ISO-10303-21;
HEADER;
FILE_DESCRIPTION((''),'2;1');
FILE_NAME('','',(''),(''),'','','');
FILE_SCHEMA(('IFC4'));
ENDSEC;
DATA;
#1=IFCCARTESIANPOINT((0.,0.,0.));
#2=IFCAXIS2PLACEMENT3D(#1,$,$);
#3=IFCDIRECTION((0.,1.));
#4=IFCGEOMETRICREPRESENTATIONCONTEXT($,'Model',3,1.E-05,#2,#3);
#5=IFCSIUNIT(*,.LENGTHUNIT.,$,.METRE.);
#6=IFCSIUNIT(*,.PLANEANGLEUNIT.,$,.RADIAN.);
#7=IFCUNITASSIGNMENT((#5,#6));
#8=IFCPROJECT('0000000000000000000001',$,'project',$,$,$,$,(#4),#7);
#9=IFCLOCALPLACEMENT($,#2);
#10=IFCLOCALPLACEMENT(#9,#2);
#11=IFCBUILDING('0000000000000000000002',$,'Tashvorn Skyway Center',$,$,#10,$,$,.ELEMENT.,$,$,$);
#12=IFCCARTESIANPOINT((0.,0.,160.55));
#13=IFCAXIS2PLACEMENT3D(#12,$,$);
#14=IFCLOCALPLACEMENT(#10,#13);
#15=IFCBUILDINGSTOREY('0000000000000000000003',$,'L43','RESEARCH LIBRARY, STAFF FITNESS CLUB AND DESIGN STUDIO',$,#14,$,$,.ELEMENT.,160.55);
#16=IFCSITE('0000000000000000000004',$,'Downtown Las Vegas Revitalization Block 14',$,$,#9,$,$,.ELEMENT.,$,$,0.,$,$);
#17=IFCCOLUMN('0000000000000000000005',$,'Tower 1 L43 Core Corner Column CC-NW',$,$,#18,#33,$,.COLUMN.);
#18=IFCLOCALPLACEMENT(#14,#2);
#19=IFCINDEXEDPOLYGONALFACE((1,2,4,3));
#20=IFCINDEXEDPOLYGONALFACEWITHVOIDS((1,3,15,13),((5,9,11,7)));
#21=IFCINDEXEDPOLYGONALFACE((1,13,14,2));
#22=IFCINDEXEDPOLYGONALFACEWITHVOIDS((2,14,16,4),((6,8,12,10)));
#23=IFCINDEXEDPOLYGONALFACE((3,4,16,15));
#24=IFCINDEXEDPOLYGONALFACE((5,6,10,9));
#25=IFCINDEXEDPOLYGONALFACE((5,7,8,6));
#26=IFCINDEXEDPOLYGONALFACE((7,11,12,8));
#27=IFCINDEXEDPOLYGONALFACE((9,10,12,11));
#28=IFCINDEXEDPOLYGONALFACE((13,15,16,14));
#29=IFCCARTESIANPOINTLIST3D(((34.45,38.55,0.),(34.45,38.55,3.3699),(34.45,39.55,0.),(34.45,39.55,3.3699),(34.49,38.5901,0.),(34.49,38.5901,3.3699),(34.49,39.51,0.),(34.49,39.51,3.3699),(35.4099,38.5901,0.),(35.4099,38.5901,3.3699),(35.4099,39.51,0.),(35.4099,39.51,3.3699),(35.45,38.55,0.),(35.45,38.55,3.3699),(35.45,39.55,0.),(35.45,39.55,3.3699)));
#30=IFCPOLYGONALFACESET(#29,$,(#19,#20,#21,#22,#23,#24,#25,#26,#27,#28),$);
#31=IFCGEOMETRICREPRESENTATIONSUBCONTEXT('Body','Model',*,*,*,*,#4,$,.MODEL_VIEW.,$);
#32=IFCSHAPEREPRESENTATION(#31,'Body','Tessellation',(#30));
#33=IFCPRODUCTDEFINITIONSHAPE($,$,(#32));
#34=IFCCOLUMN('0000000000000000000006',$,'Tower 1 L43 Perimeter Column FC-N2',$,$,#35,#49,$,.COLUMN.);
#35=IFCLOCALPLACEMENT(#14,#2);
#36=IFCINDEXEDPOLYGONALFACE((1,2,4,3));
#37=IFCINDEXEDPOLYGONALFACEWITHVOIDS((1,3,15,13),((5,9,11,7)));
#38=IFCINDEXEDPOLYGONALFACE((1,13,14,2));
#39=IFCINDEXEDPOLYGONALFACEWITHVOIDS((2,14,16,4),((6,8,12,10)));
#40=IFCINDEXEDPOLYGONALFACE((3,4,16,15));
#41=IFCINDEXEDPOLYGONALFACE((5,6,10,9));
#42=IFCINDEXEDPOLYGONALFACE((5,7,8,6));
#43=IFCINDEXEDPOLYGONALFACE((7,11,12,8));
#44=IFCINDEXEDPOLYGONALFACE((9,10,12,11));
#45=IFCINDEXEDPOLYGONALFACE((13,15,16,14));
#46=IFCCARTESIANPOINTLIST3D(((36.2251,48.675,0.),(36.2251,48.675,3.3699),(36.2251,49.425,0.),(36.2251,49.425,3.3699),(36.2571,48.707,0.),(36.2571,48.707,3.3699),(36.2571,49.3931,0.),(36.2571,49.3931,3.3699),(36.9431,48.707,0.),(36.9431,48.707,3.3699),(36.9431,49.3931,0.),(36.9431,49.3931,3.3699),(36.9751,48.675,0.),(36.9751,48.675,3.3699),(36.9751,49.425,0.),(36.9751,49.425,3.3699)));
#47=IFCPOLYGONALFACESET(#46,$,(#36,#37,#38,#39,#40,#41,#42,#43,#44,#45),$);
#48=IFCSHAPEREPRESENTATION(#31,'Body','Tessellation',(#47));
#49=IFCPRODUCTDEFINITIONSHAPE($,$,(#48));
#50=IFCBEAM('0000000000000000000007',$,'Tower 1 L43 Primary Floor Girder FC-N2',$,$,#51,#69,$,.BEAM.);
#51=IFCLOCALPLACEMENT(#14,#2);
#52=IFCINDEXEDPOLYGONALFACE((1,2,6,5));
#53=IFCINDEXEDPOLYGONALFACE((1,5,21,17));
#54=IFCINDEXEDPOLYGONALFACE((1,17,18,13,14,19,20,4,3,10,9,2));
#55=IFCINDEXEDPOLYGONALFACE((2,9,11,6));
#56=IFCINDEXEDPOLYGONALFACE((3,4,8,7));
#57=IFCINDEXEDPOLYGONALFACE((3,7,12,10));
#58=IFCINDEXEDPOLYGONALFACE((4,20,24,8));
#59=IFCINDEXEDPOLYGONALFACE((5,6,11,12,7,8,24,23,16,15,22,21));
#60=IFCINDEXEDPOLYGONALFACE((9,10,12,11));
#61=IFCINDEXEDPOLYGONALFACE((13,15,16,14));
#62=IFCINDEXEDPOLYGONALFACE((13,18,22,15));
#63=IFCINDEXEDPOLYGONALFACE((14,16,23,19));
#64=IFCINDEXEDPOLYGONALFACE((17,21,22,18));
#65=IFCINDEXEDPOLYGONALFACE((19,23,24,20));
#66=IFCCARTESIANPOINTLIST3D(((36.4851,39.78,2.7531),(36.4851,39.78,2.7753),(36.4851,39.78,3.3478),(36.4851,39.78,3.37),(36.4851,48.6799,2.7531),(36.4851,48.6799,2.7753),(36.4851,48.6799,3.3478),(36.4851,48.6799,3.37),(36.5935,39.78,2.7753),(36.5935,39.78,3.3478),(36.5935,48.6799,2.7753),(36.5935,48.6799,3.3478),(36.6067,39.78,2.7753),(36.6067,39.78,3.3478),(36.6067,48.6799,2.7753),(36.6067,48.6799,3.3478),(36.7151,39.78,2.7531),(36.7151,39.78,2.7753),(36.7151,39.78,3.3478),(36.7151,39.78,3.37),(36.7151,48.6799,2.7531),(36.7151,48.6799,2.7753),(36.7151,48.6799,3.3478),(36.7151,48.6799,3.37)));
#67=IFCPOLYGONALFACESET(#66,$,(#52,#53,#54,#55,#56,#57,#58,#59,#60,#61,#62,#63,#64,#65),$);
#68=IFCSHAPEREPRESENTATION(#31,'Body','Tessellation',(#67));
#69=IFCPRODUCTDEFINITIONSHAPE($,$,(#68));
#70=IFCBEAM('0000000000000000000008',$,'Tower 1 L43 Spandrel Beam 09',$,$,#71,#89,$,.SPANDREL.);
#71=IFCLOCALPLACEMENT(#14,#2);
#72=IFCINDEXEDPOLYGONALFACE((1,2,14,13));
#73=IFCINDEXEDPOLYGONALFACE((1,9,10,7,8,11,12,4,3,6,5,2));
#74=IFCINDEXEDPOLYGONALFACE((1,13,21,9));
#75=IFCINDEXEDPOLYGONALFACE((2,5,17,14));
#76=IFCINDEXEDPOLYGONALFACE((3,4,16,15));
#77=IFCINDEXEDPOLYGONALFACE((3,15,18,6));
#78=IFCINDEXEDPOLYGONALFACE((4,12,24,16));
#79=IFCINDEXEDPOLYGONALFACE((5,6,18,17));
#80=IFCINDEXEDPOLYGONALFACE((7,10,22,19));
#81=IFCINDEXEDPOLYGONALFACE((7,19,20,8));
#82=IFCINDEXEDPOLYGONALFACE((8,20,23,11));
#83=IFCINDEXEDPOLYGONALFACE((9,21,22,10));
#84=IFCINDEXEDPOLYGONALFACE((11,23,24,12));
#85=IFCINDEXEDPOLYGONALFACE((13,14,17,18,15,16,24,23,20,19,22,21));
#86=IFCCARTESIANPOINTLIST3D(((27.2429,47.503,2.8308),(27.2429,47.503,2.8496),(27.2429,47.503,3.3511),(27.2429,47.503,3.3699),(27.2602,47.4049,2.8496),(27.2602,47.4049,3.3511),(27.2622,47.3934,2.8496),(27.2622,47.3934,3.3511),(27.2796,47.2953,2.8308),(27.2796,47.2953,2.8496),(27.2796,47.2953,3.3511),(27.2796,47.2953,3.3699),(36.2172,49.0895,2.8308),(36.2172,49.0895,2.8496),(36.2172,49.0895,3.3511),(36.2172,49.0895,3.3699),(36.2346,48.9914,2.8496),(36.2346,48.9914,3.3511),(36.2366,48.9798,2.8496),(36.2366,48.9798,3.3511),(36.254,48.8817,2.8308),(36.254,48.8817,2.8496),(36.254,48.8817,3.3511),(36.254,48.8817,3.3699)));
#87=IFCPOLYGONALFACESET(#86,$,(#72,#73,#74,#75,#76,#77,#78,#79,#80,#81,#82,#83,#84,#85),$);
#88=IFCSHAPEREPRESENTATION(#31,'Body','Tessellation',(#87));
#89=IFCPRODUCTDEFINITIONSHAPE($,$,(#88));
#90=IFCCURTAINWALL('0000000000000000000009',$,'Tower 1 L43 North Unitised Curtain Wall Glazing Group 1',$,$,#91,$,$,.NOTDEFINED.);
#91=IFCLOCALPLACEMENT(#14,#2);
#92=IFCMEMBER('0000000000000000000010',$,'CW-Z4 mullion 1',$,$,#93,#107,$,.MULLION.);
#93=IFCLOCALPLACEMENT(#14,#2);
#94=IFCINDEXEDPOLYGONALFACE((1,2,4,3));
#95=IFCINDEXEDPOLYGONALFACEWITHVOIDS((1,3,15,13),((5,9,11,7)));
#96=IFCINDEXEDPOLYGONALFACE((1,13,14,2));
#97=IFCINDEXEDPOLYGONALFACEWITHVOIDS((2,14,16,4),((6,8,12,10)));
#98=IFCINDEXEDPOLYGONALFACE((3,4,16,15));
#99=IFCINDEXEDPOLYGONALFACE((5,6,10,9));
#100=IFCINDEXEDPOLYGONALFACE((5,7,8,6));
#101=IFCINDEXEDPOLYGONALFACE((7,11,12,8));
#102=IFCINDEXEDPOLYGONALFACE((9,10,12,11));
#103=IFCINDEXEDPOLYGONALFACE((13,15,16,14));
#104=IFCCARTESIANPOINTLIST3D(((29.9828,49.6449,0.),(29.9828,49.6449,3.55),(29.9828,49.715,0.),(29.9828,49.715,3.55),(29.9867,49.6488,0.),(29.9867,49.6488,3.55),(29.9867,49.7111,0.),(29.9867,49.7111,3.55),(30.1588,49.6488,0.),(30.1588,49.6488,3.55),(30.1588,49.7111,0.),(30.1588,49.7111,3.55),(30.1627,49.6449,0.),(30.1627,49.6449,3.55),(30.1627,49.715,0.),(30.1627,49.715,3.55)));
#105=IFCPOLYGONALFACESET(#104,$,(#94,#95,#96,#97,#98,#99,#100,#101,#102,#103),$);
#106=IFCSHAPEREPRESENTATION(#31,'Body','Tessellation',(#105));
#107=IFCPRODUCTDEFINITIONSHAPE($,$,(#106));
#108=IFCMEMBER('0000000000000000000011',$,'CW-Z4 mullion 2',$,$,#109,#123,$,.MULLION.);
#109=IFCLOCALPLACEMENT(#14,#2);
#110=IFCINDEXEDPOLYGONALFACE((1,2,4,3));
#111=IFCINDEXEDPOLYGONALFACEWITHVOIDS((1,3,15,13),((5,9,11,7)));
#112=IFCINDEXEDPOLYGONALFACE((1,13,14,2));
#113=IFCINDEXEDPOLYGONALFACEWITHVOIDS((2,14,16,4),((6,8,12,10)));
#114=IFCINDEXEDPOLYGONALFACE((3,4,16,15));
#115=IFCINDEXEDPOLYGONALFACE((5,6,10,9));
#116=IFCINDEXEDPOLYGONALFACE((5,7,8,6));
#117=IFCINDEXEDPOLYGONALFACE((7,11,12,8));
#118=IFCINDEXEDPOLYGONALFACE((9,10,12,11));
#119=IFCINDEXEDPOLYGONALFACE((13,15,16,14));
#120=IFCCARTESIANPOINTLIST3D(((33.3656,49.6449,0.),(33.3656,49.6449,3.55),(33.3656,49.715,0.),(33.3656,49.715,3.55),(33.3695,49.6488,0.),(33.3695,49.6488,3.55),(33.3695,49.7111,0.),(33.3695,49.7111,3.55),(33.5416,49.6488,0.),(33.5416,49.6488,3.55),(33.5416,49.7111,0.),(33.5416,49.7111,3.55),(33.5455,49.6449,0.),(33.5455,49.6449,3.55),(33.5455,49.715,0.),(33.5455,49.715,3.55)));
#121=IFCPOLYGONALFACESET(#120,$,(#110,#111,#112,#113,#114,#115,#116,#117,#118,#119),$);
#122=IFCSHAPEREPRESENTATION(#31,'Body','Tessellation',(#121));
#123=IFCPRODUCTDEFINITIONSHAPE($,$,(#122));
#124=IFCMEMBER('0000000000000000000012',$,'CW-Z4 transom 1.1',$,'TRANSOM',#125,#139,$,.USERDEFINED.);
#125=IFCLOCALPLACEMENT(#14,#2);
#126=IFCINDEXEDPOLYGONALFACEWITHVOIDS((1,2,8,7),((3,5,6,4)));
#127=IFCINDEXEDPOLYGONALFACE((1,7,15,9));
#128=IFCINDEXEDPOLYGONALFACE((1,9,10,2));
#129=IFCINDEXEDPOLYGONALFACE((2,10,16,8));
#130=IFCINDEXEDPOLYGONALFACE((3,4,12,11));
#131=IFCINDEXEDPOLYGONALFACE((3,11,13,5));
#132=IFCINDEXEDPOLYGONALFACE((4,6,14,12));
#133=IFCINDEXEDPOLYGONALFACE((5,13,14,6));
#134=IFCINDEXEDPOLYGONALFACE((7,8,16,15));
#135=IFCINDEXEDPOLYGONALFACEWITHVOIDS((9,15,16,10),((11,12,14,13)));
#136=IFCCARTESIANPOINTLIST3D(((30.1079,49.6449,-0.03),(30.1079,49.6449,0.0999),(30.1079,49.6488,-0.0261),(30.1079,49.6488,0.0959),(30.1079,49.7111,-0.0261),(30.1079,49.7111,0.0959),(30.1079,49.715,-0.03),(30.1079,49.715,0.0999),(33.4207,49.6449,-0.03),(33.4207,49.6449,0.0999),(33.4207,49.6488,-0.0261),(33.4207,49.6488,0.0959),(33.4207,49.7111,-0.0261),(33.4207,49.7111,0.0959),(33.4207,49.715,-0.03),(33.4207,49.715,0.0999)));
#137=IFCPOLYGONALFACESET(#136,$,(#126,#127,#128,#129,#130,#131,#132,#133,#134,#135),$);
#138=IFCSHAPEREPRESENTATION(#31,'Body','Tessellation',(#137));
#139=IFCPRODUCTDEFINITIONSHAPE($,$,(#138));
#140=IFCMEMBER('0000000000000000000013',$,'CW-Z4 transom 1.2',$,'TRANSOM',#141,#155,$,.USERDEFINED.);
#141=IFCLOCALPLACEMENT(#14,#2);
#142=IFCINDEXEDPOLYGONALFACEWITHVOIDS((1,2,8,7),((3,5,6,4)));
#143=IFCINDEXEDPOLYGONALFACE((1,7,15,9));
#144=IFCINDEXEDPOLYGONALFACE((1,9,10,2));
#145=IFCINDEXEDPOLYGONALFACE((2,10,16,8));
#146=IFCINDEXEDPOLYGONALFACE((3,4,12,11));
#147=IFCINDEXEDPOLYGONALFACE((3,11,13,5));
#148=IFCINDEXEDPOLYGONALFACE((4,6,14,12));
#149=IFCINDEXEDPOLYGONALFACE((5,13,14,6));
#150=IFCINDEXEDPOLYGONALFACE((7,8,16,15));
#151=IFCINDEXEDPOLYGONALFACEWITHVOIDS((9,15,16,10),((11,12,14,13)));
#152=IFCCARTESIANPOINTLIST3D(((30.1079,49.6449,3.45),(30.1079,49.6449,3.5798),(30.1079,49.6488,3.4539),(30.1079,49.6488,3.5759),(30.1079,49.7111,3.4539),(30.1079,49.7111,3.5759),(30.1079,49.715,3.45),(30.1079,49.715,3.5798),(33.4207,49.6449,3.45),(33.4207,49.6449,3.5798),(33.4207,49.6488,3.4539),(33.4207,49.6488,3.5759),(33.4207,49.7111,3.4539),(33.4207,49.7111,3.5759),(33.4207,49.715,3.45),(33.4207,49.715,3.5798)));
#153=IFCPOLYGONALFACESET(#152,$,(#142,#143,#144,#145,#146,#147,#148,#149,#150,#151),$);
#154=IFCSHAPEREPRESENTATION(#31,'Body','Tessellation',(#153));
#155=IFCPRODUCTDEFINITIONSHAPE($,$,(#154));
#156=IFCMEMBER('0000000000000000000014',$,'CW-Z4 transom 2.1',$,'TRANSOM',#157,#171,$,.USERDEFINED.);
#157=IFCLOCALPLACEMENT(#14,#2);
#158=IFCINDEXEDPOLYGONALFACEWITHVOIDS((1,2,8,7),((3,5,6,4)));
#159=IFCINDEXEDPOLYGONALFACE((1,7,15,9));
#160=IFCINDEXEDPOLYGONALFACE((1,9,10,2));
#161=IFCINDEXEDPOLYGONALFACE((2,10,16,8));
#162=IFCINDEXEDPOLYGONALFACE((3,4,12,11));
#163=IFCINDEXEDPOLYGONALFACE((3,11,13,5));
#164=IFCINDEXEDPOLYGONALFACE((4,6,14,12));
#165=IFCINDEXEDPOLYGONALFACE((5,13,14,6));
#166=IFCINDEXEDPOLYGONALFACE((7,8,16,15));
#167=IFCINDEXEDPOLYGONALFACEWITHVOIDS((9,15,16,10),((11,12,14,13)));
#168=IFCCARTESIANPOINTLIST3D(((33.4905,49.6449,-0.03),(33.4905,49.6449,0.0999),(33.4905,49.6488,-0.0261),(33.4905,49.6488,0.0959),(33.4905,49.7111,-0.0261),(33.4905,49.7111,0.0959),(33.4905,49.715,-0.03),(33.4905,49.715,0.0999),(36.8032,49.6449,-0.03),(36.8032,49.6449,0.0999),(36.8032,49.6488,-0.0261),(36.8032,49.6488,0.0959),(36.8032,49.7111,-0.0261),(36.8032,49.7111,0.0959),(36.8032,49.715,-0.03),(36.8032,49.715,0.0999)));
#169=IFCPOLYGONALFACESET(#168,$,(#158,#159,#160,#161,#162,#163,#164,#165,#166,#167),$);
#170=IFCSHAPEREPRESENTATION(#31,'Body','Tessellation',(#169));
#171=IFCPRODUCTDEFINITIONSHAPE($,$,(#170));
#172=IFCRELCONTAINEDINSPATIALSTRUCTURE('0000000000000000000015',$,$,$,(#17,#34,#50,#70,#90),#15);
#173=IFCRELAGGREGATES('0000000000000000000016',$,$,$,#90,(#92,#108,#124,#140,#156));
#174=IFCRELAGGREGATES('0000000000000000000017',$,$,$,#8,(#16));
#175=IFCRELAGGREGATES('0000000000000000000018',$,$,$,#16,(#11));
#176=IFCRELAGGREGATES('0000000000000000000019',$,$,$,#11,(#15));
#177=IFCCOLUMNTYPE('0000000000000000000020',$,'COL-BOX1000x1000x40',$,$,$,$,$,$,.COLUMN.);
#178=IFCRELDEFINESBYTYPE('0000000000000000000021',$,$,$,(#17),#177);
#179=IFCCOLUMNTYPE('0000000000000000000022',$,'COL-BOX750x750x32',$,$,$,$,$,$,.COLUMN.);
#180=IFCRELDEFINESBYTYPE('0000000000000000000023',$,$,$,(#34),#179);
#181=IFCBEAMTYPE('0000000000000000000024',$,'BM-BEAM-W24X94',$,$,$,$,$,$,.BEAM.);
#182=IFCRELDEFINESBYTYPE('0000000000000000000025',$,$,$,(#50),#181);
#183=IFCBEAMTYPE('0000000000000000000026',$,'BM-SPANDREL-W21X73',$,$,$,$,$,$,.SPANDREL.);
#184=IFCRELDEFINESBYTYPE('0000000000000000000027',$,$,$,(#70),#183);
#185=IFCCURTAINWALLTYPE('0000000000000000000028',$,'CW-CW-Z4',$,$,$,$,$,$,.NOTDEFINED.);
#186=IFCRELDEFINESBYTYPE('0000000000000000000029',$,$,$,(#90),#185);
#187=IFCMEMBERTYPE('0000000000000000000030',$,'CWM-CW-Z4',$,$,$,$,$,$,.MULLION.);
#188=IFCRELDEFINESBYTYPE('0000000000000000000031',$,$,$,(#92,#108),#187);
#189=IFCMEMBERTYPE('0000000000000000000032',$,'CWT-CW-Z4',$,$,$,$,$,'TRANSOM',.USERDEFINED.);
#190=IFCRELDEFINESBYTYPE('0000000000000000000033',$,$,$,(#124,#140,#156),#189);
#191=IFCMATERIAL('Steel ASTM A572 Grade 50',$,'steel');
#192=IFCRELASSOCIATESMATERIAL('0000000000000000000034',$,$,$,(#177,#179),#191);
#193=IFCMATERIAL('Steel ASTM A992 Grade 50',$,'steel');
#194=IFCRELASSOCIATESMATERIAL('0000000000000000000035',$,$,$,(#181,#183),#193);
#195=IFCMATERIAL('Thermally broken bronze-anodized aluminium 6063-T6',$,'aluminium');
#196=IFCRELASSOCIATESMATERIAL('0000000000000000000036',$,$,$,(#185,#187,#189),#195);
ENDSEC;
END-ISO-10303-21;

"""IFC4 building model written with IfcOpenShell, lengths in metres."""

from ifc_helpers import new_model, si_unit, direction, frame, origin, origin_2d, place, context, subcontext, project, spatial, hollow_rectangle, i_section, extrude, material, material_profile, profile_set, type_object, element, aggregate, save


model = new_model("IFC4")

# Units and contexts
model_context = context("Model", 3, precision=1e-05, world=origin(), true_north=direction((0.0, 1.0)))
body_context = subcontext(model_context, "Body", "Model", "MODEL_VIEW")
ifc_project = project(units=[si_unit("LENGTHUNIT", "METRE"), si_unit("PLANEANGLEUNIT", "RADIAN")], contexts=[model_context])

# Site, building, storey
site_placement = place(None, origin())
site = spatial("IfcSite", under=ifc_project, at=site_placement, Name="Downtown Las Vegas Revitalization Block 14", CompositionType="ELEMENT", RefElevation=0.0)
building_placement = place(site_placement, origin())
building = spatial("IfcBuilding", under=site, at=building_placement, Name="Tashvorn Skyway Center", CompositionType="ELEMENT")
storey_placement = place(building_placement, frame((0.0, 0.0, 160.55)))
storey = spatial("IfcBuildingStorey", under=building, at=storey_placement, Name="L43", Description="RESEARCH LIBRARY, STAFF FITNESS CLUB AND DESIGN STUDIO", CompositionType="ELEMENT", Elevation=160.55)

# Columns
ifc_material_1 = material(Name="Steel ASTM A572 Grade 50", Category="steel")
ifc_material_profile_1 = material_profile(ifc_material_1, hollow_rectangle(XDim=1.0, YDim=1.0, WallThickness=0.04, at=origin_2d()), Name="BOX1000x1000x40")
ifc_profile_set_1 = profile_set([ifc_material_profile_1], Name="Steel ASTM A572 Grade 50")
column_type_1 = type_object("IfcColumnType", Name="COL-BOX1000x1000x40", PredefinedType="COLUMN", material=ifc_profile_set_1)
column_1_placement = place(storey_placement, frame((34.95, 39.05, 0.0), z_axis=(0.0, 0.0, 1.0), x_axis=(1.0, 0.0, 0.0)))
element("IfcColumn", 1, at=column_1_placement, inside=storey, type_object=column_type_1, Name="Tower 1 L43 Core Corner Column CC-NW", PredefinedType="COLUMN", context=body_context, shape_type="SweptSolid", body=[
    extrude(hollow_rectangle(XDim=1.0, YDim=1.0, WallThickness=0.04, at=origin_2d()), origin(), (0.0, 0.0, 1.0), 3.3699),
])
ifc_material_profile_2 = material_profile(ifc_material_1, hollow_rectangle(XDim=0.75, YDim=0.75, WallThickness=0.032, at=origin_2d()), Name="BOX750x750x32")
ifc_profile_set_2 = profile_set([ifc_material_profile_2], Name="Steel ASTM A572 Grade 50")
column_type_2 = type_object("IfcColumnType", Name="COL-BOX750x750x32", PredefinedType="COLUMN", material=ifc_profile_set_2)
column_2_placement = place(storey_placement, frame((36.6001, 49.05, 0.0), z_axis=(0.0, 0.0, 1.0), x_axis=(1.0, 0.0, 0.0)))
element("IfcColumn", 2, at=column_2_placement, inside=storey, type_object=column_type_2, Name="Tower 1 L43 Perimeter Column FC-N2", PredefinedType="COLUMN", context=body_context, shape_type="SweptSolid", body=[
    extrude(hollow_rectangle(XDim=0.75, YDim=0.75, WallThickness=0.032, at=origin_2d()), origin(), (0.0, 0.0, 1.0), 3.3699),
])

# Beams
ifc_material_2 = material(Name="Steel ASTM A992 Grade 50", Category="steel")
ifc_material_profile_3 = material_profile(ifc_material_2, i_section(OverallWidth=0.23, OverallDepth=0.6169, WebThickness=0.0132, FlangeThickness=0.0222, at=origin_2d()), Name="W24X94")
ifc_profile_set_3 = profile_set([ifc_material_profile_3], Name="Steel ASTM A992 Grade 50")
beam_type_1 = type_object("IfcBeamType", Name="BM-BEAM-W24X94", PredefinedType="BEAM", material=ifc_profile_set_3)
beam_1_placement = place(storey_placement, frame((36.6001, 48.6799, 3.0615), z_axis=(0.0, -1.0, 0.0), x_axis=(1.0, 0.0, 0.0)))
element("IfcBeam", 3, at=beam_1_placement, inside=storey, type_object=beam_type_1, Name="Tower 1 L43 Primary Floor Girder FC-N2", PredefinedType="BEAM", context=body_context, shape_type="SweptSolid", body=[
    extrude(i_section(OverallWidth=0.23, OverallDepth=0.6169, WebThickness=0.0132, FlangeThickness=0.0222, at=origin_2d()), origin(), (0.0, 0.0, 1.0), 8.8999),
])
ifc_material_profile_4 = material_profile(ifc_material_2, i_section(OverallWidth=0.2109, OverallDepth=0.5391, WebThickness=0.0117, FlangeThickness=0.0188, at=origin_2d()), Name="W21X73")
ifc_profile_set_4 = profile_set([ifc_material_profile_4], Name="Steel ASTM A992 Grade 50")
beam_type_2 = type_object("IfcBeamType", Name="BM-SPANDREL-W21X73", PredefinedType="SPANDREL", material=ifc_profile_set_4)
beam_2_placement = place(storey_placement, frame((36.2356, 48.9856, 3.1003), z_axis=(-0.984733, -0.174074, 0.0), x_axis=(0.174074, -0.984733, 0.0)))
element("IfcBeam", 4, at=beam_2_placement, inside=storey, type_object=beam_type_2, Name="Tower 1 L43 Spandrel Beam 09", PredefinedType="SPANDREL", context=body_context, shape_type="SweptSolid", body=[
    extrude(i_section(OverallWidth=0.2109, OverallDepth=0.5391, WebThickness=0.0117, FlangeThickness=0.0188, at=origin_2d()), origin(), (0.0, 0.0, 1.0), 9.1135),
])

# Curtain wall, members
ifc_material_3 = material(Name="Thermally broken bronze-anodized aluminium 6063-T6", Category="aluminium")
curtain_wall_type = type_object("IfcCurtainWallType", Name="CW-CW-Z4", PredefinedType="NOTDEFINED", material=ifc_material_3)
curtain_wall_placement = place(storey_placement, origin())
curtain_wall = element("IfcCurtainWall", 5, at=curtain_wall_placement, inside=storey, type_object=curtain_wall_type, Name="Tower 1 L43 North Unitised Curtain Wall Glazing Group 1", PredefinedType="NOTDEFINED")
ifc_material_profile_5 = material_profile(ifc_material_3, hollow_rectangle(XDim=0.0701, YDim=0.1799, WallThickness=0.0039, at=origin_2d()), Name="ALU-MULL-70x180")
ifc_profile_set_5 = profile_set([ifc_material_profile_5], Name="Thermally broken bronze-anodized aluminium 6063-T6")
member_type_1 = type_object("IfcMemberType", Name="CWM-CW-Z4", PredefinedType="MULLION", material=ifc_profile_set_5)
member_1_placement = place(storey_placement, frame((30.0728, 49.6799, 0.0), z_axis=(0.0, 0.0, 1.0), x_axis=(0.0, 1.0, 0.0)))
member_1 = element("IfcMember", 6, at=member_1_placement, type_object=member_type_1, Name="CW-Z4 mullion 1", PredefinedType="MULLION", context=body_context, shape_type="SweptSolid", body=[
    extrude(hollow_rectangle(XDim=0.0701, YDim=0.1799, WallThickness=0.0039, at=origin_2d()), origin(), (0.0, 0.0, 1.0), 3.55),
])
member_2_placement = place(storey_placement, frame((33.4556, 49.6799, 0.0), z_axis=(0.0, 0.0, 1.0), x_axis=(0.0, 1.0, 0.0)))
member_2 = element("IfcMember", 7, at=member_2_placement, type_object=member_type_1, Name="CW-Z4 mullion 2", PredefinedType="MULLION", context=body_context, shape_type="SweptSolid", body=[
    extrude(hollow_rectangle(XDim=0.0701, YDim=0.1799, WallThickness=0.0039, at=origin_2d()), origin(), (0.0, 0.0, 1.0), 3.55),
])
ifc_material_profile_6 = material_profile(ifc_material_3, hollow_rectangle(XDim=0.0701, YDim=0.1299, WallThickness=0.0039, at=origin_2d()), Name="ALU-TRAN-70x130")
ifc_profile_set_6 = profile_set([ifc_material_profile_6], Name="Thermally broken bronze-anodized aluminium 6063-T6")
member_type_2 = type_object("IfcMemberType", Name="CWT-CW-Z4", ElementType="TRANSOM", PredefinedType="USERDEFINED", material=ifc_profile_set_6)
member_3_placement = place(storey_placement, frame((30.1079, 49.6799, 0.0349), z_axis=(1.0, 0.0, 0.0), x_axis=(0.0, 1.0, 0.0)))
member_3 = element("IfcMember", 8, at=member_3_placement, type_object=member_type_2, Name="CW-Z4 transom 1.1", ObjectType="TRANSOM", PredefinedType="USERDEFINED", context=body_context, shape_type="SweptSolid", body=[
    extrude(hollow_rectangle(XDim=0.0701, YDim=0.1299, WallThickness=0.0039, at=origin_2d()), origin(), (0.0, 0.0, 1.0), 3.3127),
])
member_4_placement = place(storey_placement, frame((30.1079, 49.6799, 3.5149), z_axis=(1.0, 0.0, 0.0), x_axis=(0.0, 1.0, 0.0)))
member_4 = element("IfcMember", 9, at=member_4_placement, type_object=member_type_2, Name="CW-Z4 transom 1.2", ObjectType="TRANSOM", PredefinedType="USERDEFINED", context=body_context, shape_type="SweptSolid", body=[
    extrude(hollow_rectangle(XDim=0.0701, YDim=0.1299, WallThickness=0.0039, at=origin_2d()), origin(), (0.0, 0.0, 1.0), 3.3127),
])
member_5_placement = place(storey_placement, frame((33.4905, 49.6799, 0.0349), z_axis=(1.0, 0.0, 0.0), x_axis=(0.0, 1.0, 0.0)))
member_5 = element("IfcMember", 10, at=member_5_placement, type_object=member_type_2, Name="CW-Z4 transom 2.1", ObjectType="TRANSOM", PredefinedType="USERDEFINED", context=body_context, shape_type="SweptSolid", body=[
    extrude(hollow_rectangle(XDim=0.0701, YDim=0.1299, WallThickness=0.0039, at=origin_2d()), origin(), (0.0, 0.0, 1.0), 3.3127),
])
aggregate(curtain_wall, [member_1, member_2, member_3, member_4, member_5])

save(model, "model.ifc")
